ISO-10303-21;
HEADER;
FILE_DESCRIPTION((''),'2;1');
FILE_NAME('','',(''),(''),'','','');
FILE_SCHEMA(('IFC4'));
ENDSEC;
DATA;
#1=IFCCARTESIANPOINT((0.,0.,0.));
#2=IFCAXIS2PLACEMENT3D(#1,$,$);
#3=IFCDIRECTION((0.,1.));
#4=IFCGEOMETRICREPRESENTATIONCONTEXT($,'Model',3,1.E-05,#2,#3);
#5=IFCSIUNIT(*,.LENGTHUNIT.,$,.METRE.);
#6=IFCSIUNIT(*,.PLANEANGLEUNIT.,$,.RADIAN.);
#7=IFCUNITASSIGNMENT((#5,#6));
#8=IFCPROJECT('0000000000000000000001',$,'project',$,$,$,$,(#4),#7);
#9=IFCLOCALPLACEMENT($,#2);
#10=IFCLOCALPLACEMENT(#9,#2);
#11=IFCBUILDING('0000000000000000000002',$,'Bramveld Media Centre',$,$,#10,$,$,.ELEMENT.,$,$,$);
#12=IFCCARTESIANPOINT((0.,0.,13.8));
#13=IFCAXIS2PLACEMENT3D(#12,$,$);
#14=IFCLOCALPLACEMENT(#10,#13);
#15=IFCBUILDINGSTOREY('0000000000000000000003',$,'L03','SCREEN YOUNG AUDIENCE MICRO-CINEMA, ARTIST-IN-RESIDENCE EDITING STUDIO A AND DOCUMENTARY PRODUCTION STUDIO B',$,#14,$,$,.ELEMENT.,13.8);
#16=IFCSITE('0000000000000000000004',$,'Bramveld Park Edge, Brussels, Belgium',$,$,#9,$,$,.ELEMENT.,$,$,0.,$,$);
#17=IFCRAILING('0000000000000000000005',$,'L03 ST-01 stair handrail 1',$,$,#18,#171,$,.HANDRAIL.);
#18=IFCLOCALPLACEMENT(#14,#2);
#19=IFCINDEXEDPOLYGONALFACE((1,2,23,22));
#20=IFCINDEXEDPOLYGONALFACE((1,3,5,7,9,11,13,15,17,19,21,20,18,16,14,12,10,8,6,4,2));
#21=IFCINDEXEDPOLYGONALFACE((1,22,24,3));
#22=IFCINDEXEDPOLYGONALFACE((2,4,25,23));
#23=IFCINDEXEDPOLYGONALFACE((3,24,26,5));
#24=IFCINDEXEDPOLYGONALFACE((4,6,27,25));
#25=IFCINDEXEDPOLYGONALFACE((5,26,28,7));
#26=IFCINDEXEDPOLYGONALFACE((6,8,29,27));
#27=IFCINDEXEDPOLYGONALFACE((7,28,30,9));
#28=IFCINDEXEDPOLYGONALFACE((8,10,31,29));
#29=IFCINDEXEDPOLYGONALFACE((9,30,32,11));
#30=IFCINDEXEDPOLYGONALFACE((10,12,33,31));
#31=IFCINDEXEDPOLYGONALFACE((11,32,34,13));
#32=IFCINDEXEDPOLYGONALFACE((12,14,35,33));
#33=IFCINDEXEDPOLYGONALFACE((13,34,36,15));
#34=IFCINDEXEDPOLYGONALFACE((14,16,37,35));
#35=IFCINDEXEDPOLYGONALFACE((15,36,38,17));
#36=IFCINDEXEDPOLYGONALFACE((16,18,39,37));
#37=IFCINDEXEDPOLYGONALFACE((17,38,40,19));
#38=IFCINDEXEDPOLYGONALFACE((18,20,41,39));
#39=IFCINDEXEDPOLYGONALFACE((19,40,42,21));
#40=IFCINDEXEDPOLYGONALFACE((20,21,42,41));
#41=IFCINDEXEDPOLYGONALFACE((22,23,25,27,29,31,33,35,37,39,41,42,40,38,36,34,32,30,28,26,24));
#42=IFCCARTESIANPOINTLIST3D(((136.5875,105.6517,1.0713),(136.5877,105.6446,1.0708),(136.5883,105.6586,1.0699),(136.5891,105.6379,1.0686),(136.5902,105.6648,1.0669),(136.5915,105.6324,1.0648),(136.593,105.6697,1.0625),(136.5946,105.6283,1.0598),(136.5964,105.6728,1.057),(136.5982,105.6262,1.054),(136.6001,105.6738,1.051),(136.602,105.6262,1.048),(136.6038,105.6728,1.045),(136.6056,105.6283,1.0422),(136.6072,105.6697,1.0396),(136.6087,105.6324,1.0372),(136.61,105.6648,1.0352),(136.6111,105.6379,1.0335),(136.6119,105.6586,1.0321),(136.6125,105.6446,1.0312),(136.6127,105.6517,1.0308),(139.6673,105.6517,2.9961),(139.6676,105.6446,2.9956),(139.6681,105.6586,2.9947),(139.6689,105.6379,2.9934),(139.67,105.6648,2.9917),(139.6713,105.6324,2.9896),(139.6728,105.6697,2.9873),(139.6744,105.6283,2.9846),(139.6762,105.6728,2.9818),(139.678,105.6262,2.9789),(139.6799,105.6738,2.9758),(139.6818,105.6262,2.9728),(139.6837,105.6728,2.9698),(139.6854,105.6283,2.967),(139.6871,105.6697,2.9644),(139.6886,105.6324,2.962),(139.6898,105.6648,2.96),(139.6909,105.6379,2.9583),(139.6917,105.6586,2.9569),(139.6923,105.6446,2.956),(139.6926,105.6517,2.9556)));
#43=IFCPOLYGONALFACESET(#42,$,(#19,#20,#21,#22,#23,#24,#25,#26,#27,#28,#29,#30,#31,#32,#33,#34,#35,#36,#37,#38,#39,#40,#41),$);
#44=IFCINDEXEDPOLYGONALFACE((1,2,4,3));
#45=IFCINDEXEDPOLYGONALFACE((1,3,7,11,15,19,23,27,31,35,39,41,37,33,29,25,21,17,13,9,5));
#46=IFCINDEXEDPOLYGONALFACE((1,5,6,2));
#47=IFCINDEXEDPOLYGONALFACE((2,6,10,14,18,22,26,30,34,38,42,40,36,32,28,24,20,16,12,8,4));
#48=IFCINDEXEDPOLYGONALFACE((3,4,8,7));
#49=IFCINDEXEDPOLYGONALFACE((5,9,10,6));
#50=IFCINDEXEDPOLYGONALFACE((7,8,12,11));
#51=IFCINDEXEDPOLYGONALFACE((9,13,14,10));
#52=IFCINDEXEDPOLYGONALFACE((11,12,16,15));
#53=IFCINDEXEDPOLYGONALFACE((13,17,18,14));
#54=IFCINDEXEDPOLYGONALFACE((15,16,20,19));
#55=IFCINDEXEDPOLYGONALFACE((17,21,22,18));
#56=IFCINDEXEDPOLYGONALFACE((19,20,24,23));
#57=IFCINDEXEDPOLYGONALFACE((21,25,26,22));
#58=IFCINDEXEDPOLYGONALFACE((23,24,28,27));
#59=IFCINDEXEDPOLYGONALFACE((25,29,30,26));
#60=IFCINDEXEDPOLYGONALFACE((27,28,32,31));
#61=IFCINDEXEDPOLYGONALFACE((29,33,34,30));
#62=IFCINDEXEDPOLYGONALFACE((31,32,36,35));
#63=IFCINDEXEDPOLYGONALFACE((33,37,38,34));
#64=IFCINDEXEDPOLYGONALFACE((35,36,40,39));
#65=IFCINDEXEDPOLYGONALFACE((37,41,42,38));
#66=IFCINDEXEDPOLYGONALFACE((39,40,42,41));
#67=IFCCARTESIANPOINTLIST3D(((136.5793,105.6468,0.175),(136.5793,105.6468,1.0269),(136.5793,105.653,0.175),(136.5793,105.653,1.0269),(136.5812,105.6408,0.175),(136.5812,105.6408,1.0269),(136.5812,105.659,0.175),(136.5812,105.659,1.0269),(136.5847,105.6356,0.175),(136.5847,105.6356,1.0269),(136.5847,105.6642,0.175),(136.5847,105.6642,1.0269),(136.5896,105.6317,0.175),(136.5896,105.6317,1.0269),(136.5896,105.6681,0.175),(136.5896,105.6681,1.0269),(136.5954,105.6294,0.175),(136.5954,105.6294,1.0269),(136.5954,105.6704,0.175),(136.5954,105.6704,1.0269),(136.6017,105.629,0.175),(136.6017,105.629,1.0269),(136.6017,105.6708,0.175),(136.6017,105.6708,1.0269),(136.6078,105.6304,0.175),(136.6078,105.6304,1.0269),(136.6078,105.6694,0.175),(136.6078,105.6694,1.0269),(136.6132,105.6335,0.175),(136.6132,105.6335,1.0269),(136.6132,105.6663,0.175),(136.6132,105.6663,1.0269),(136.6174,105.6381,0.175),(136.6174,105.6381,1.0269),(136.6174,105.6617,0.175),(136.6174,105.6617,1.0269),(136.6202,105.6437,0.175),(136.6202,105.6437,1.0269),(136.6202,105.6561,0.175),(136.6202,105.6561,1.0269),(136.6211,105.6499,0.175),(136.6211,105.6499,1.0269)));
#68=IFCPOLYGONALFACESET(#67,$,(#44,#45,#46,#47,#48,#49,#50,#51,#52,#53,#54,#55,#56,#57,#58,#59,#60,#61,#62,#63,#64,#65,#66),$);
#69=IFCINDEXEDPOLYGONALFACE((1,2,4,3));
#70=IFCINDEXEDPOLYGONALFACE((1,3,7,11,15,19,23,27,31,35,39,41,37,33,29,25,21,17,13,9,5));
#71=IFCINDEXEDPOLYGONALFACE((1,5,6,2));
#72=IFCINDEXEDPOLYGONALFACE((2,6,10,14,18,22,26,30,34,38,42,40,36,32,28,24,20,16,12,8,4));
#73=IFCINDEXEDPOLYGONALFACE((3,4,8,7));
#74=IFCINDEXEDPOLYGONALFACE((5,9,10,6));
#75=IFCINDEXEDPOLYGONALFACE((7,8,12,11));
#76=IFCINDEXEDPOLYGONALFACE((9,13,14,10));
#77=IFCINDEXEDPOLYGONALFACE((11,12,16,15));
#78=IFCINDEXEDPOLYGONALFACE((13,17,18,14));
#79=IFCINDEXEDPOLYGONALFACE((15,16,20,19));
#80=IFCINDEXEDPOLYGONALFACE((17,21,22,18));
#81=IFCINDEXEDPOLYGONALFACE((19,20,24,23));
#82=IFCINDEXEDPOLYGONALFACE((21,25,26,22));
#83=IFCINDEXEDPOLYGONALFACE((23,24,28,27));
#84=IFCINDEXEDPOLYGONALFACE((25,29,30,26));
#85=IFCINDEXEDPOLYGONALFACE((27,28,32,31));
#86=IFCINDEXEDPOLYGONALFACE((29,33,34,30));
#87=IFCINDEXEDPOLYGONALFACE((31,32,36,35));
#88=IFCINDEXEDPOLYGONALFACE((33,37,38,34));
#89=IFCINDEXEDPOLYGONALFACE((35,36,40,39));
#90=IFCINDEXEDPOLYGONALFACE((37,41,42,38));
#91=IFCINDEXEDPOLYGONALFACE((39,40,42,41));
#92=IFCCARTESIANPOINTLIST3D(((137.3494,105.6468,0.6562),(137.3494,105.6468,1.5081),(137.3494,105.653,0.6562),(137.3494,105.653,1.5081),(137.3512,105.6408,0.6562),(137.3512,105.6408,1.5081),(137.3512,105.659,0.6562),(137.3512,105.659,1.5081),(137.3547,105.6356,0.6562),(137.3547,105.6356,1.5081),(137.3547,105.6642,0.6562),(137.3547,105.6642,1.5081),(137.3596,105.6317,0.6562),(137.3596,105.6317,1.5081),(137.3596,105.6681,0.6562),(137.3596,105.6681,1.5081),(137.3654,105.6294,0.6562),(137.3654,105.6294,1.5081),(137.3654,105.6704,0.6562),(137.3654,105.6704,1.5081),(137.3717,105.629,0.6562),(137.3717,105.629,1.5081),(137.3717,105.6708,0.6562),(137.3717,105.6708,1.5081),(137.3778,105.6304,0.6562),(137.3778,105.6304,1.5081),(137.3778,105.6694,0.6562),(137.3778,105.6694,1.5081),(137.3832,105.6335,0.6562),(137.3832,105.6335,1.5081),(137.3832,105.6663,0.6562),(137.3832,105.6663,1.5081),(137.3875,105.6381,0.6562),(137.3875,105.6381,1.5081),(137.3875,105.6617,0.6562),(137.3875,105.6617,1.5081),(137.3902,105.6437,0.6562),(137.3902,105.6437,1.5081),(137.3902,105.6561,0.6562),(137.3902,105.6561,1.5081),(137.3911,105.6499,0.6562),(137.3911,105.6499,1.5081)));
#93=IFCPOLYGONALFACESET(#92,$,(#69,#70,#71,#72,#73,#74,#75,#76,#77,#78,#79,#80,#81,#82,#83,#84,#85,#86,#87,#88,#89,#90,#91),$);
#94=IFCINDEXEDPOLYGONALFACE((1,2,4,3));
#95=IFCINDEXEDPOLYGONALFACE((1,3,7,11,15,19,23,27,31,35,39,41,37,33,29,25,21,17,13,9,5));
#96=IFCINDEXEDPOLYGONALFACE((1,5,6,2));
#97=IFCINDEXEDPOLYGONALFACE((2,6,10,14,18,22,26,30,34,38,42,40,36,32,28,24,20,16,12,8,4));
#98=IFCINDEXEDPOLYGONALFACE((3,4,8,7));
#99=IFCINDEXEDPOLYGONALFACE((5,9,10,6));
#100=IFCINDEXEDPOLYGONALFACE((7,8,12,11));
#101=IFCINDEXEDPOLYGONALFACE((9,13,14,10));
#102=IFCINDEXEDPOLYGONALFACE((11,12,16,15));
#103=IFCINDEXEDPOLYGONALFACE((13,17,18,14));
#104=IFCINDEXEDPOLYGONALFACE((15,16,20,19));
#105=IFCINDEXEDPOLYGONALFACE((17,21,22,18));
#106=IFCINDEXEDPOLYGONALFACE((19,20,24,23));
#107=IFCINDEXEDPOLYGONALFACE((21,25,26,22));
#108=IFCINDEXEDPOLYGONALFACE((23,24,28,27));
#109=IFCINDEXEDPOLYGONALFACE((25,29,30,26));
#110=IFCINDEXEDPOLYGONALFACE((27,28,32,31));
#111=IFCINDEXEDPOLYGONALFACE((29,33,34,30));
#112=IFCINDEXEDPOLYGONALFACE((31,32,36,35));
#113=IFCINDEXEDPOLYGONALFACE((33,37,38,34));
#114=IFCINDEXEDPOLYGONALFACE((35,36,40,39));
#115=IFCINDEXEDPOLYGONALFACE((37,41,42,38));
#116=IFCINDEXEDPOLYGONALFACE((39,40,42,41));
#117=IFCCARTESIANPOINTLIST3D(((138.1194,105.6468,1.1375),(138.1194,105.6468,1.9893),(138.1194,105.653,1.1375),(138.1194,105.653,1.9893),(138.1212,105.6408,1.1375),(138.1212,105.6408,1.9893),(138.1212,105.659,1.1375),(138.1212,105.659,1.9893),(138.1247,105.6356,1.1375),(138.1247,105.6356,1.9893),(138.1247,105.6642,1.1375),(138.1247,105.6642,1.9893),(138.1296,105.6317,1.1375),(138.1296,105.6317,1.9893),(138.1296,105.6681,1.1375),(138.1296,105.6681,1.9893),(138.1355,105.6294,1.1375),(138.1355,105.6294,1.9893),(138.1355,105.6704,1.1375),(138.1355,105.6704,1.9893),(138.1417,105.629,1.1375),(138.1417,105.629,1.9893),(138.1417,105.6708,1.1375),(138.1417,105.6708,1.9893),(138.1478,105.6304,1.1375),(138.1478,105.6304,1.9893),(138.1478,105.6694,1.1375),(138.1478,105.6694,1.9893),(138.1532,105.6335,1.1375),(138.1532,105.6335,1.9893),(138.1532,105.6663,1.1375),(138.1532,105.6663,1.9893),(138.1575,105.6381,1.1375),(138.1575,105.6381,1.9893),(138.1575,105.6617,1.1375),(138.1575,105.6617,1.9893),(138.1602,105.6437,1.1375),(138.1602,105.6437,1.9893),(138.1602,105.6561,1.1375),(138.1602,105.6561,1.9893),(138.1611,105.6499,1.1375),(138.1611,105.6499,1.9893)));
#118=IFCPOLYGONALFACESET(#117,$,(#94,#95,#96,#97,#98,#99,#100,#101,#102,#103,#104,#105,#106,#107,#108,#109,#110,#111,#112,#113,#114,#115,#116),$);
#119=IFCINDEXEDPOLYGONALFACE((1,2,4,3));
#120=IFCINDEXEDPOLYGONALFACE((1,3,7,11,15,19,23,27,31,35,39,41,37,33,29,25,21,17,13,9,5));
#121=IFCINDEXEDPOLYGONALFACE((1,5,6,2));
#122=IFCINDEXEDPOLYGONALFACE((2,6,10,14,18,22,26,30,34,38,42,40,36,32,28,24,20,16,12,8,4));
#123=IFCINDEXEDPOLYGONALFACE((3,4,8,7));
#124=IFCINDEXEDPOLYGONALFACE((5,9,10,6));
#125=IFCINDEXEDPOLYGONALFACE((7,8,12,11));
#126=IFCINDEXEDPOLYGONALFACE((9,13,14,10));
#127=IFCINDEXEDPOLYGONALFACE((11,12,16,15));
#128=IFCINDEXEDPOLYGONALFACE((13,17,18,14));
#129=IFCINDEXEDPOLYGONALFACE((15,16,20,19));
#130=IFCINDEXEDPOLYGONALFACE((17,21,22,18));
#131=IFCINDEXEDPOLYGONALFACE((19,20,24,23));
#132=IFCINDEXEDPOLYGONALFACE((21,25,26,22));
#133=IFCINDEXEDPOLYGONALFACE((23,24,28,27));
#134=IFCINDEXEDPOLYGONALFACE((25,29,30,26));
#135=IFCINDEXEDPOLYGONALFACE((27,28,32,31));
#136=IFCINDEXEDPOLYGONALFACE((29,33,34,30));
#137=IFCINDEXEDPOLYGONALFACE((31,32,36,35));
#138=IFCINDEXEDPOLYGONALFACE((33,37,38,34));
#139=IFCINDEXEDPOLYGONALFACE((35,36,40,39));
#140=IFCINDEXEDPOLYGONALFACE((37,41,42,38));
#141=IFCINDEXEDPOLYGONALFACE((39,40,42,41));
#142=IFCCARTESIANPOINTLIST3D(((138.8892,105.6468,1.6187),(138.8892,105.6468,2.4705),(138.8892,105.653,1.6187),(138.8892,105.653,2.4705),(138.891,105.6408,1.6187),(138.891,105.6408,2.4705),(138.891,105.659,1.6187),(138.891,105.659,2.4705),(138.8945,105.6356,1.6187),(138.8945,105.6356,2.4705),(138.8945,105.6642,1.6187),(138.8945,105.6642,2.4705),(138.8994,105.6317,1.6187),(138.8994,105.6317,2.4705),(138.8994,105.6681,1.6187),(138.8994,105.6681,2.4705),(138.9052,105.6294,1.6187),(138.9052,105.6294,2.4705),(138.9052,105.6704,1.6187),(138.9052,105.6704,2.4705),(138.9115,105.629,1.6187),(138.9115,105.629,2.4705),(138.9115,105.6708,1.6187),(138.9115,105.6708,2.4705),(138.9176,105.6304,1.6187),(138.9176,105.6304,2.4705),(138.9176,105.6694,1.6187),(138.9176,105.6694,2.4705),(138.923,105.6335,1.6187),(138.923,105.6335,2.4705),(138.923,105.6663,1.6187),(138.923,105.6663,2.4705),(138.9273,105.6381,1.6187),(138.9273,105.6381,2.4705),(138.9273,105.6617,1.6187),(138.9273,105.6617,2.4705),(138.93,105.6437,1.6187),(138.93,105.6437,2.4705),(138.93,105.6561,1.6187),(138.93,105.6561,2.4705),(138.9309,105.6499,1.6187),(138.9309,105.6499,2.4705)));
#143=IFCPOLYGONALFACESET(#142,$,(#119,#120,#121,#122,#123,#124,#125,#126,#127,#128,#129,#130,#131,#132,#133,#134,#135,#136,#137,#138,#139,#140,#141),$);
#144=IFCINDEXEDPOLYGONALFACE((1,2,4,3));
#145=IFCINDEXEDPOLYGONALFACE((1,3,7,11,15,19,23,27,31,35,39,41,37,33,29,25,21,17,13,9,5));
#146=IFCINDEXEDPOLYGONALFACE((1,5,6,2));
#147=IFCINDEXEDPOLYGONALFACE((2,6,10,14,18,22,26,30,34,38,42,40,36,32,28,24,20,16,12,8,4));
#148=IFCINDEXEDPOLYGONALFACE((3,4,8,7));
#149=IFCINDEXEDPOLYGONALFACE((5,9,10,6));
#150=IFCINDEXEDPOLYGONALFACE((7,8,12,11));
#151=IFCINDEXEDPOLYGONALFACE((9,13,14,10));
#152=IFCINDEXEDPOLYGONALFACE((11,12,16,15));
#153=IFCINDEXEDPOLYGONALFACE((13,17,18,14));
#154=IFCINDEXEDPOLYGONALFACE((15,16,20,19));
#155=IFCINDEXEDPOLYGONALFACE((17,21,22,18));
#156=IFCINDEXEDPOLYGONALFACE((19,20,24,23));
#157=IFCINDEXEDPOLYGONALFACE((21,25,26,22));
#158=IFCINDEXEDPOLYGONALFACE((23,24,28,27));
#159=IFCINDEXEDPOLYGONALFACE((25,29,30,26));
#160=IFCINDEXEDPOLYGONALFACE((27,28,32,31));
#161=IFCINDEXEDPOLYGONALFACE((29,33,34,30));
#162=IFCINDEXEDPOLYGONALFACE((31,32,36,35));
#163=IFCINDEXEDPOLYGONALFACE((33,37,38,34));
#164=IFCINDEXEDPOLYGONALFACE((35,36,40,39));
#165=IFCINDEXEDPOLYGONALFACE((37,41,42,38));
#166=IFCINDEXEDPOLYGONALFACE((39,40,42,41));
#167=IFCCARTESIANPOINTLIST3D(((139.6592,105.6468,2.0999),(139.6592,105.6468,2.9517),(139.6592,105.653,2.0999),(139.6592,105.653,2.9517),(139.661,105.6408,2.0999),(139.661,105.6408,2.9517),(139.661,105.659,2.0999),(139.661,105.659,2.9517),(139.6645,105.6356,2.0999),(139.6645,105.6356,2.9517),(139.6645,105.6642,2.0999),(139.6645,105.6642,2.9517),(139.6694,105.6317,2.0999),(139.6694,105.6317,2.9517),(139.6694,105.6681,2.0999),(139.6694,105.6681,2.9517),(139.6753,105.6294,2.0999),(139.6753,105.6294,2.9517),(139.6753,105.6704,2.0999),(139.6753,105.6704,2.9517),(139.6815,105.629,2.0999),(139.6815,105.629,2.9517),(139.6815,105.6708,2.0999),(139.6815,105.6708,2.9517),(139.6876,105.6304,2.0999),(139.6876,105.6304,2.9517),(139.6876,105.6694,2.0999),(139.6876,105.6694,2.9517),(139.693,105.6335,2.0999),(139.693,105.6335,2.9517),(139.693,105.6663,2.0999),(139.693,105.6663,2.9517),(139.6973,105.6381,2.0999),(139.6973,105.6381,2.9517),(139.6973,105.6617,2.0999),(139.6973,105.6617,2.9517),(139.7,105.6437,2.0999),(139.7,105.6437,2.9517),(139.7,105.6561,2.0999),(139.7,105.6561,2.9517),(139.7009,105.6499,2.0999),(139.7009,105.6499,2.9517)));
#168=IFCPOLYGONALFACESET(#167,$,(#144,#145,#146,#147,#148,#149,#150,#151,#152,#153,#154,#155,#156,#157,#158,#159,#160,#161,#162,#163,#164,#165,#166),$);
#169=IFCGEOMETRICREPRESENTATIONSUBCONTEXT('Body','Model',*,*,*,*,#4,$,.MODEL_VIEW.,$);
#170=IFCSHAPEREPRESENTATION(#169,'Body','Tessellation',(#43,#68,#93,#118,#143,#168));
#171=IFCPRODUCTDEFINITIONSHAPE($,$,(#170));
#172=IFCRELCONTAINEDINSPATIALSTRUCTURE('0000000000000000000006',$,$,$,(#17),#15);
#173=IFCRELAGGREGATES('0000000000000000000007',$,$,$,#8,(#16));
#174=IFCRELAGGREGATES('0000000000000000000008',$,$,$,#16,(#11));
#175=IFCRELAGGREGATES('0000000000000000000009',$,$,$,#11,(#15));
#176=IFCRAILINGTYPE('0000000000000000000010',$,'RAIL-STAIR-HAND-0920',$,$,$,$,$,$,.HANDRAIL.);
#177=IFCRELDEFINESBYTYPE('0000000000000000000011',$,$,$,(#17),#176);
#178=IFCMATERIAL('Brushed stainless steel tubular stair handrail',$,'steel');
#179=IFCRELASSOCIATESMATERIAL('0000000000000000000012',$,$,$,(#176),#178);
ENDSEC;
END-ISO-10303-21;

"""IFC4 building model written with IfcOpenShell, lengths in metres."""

from ifc_helpers import new_model, si_unit, direction, frame, origin, origin_2d, place, context, subcontext, project, spatial, circle, extrude, material, type_object, element, save


model = new_model("IFC4")

# Units and contexts
model_context = context("Model", 3, precision=1e-05, world=origin(), true_north=direction((0.0, 1.0)))
body_context = subcontext(model_context, "Body", "Model", "MODEL_VIEW")
ifc_project = project(units=[si_unit("LENGTHUNIT", "METRE"), si_unit("PLANEANGLEUNIT", "RADIAN")], contexts=[model_context])

# Site, building, storey
site_placement = place(None, origin())
site = spatial("IfcSite", under=ifc_project, at=site_placement, Name="Bramveld Park Edge, Brussels, Belgium", CompositionType="ELEMENT", RefElevation=0.0)
building_placement = place(site_placement, origin())
building = spatial("IfcBuilding", under=site, at=building_placement, Name="Bramveld Media Centre", CompositionType="ELEMENT")
storey_placement = place(building_placement, frame((0.0, 0.0, 13.8)))
storey = spatial("IfcBuildingStorey", under=building, at=storey_placement, Name="L03", Description="SCREEN YOUNG AUDIENCE MICRO-CINEMA, ARTIST-IN-RESIDENCE EDITING STUDIO A AND DOCUMENTARY PRODUCTION STUDIO B", CompositionType="ELEMENT", Elevation=13.8)

# Railing
ifc_material_1 = material(Name="Brushed stainless steel tubular stair handrail", Category="steel")
railing_type = type_object("IfcRailingType", Name="RAIL-STAIR-HAND-0920", PredefinedType="HANDRAIL", material=ifc_material_1)
railing_placement = place(storey_placement, frame((136.6001, 105.6499, 0.175)))
element("IfcRailing", 1, at=railing_placement, inside=storey, type_object=railing_type, Name="L03 ST-01 stair handrail 1", PredefinedType="HANDRAIL", context=body_context, shape_type="SweptSolid", body=[
    extrude(circle(Radius=0.0239, at=origin_2d()), frame((0.0, 0.0, 0.876), z_axis=(0.84801, 0.0, 0.529981), x_axis=(0.0, 1.0, 0.0)), (0.0, 0.0, 1.0), 3.6318),
    extrude(circle(Radius=0.021, at=origin_2d()), origin(), (0.0, 0.0, 1.0), 0.8518),
    extrude(circle(Radius=0.021, at=origin_2d()), frame((0.77, 0.0, 0.4812)), (0.0, 0.0, 1.0), 0.8518),
    extrude(circle(Radius=0.021, at=origin_2d()), frame((1.54, 0.0, 0.9624)), (0.0, 0.0, 1.0), 0.8518),
    extrude(circle(Radius=0.021, at=origin_2d()), frame((2.3098, 0.0, 1.4436)), (0.0, 0.0, 1.0), 0.8518),
    extrude(circle(Radius=0.021, at=origin_2d()), frame((3.0798, 0.0, 1.9248)), (0.0, 0.0, 1.0), 0.8518),
])

save(model, "model.ifc")
